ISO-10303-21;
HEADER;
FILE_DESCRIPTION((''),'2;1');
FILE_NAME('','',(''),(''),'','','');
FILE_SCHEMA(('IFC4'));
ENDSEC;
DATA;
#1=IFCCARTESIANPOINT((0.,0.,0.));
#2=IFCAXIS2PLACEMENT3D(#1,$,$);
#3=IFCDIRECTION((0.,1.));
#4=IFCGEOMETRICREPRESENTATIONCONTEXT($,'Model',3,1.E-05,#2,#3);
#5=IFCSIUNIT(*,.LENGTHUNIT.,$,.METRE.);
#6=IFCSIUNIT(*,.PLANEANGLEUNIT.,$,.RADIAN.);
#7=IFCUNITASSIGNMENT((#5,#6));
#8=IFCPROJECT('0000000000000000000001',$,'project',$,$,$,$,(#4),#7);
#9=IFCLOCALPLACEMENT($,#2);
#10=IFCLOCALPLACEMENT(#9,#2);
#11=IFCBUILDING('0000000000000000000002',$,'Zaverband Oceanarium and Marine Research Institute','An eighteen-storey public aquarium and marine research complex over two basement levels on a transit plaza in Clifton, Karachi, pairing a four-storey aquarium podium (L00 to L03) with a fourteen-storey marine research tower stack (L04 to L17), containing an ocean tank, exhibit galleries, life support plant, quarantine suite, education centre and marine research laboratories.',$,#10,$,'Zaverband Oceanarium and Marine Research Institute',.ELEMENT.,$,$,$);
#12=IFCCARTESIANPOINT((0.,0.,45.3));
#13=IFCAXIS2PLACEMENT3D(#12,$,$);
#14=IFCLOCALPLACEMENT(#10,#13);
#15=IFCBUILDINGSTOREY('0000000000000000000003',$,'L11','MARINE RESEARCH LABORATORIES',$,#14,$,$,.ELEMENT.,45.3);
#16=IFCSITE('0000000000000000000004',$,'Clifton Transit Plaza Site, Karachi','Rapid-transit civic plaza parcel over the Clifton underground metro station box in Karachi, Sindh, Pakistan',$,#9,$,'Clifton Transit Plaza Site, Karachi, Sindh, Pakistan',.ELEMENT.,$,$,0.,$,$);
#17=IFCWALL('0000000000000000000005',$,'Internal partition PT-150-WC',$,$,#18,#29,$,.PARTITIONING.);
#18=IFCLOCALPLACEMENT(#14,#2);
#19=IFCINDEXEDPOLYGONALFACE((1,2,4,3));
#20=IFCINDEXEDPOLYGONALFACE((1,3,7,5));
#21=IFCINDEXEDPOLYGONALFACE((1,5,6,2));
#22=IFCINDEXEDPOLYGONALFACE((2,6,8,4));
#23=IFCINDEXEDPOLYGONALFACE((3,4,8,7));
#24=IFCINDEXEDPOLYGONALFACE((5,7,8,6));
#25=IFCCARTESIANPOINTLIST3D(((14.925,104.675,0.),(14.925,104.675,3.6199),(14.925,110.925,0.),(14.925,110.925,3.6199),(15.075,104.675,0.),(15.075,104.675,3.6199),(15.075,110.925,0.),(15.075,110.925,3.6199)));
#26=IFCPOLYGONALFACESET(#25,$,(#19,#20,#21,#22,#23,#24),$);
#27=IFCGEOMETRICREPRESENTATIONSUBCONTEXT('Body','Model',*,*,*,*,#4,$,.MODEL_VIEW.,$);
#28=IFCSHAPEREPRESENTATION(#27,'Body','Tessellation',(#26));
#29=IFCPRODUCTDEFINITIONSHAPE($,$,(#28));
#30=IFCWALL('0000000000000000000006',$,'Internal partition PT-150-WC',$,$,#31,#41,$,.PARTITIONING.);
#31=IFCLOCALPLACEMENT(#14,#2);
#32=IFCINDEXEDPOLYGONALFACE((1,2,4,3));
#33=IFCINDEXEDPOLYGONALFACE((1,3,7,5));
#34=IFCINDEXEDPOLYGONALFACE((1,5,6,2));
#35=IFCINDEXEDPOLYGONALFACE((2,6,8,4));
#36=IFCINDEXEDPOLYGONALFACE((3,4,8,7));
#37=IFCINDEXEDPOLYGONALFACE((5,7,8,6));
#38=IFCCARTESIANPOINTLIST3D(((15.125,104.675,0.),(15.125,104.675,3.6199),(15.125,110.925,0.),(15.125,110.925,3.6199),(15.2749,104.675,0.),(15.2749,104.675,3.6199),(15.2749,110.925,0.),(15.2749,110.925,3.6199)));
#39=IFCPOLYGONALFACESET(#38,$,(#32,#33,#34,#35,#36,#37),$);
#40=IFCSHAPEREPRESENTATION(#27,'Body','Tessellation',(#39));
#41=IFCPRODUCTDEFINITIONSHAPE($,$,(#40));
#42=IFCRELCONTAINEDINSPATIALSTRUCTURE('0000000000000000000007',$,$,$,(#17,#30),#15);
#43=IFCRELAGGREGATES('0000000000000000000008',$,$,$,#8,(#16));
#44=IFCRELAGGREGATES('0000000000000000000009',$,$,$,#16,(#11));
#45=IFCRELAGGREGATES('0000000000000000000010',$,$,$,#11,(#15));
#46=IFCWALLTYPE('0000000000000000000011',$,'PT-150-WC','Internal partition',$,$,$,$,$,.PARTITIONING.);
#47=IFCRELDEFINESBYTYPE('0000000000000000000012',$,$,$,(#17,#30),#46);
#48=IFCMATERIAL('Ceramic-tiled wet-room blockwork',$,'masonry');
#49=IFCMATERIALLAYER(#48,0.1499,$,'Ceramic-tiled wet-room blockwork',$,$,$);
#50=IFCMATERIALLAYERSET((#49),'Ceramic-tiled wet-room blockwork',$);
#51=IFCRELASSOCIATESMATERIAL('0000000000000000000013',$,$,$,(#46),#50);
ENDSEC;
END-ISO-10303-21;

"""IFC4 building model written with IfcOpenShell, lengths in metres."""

from ifc_helpers import new_model, si_unit, direction, frame, frame_2d, origin, place, context, subcontext, project, spatial, rectangle, extrude, material, layer, layer_set, type_object, element, save


model = new_model("IFC4")

# Units and contexts
model_context = context("Model", 3, precision=1e-05, world=origin(), true_north=direction((0.0, 1.0)))
body_context = subcontext(model_context, "Body", "Model", "MODEL_VIEW")
ifc_project = project(units=[si_unit("LENGTHUNIT", "METRE"), si_unit("PLANEANGLEUNIT", "RADIAN")], contexts=[model_context])

# Site, building, storey
site_placement = place(None, origin())
site = spatial("IfcSite", under=ifc_project, at=site_placement, Name="Clifton Transit Plaza Site, Karachi", Description="Rapid-transit civic plaza parcel over the Clifton underground metro station box in Karachi, Sindh, Pakistan", LongName="Clifton Transit Plaza Site, Karachi, Sindh, Pakistan", CompositionType="ELEMENT", RefElevation=0.0)
building_placement = place(site_placement, origin())
building = spatial("IfcBuilding", under=site, at=building_placement, Name="Zaverband Oceanarium and Marine Research Institute", Description="An eighteen-storey public aquarium and marine research complex over two basement levels on a transit plaza in Clifton, Karachi, pairing a four-storey aquarium podium (L00 to L03) with a fourteen-storey marine research tower stack (L04 to L17), containing an ocean tank, exhibit galleries, life support plant, quarantine suite, education centre and marine research laboratories.", LongName="Zaverband Oceanarium and Marine Research Institute", CompositionType="ELEMENT")
storey_placement = place(building_placement, frame((0.0, 0.0, 45.3)))
storey = spatial("IfcBuildingStorey", under=building, at=storey_placement, Name="L11", Description="MARINE RESEARCH LABORATORIES", CompositionType="ELEMENT", Elevation=45.3)

# Shared definitions
ifc_material_1 = material(Name="Ceramic-tiled wet-room blockwork", Category="masonry")
ifc_layer_1 = layer(ifc_material_1, 0.1499, Name="Ceramic-tiled wet-room blockwork")
ifc_layer_set_1 = layer_set([ifc_layer_1], Name="Ceramic-tiled wet-room blockwork")
wall_type_1 = type_object("IfcWallType", Name="PT-150-WC", Description="Internal partition", PredefinedType="PARTITIONING", material=ifc_layer_set_1)

# Walls
for number, where, z_axis, x_axis, name in (
    (1, (15.0, 104.675, 0.0), (0.0, 0.0, 1.0), (0.0, 1.0, 0.0), "Internal partition PT-150-WC"),
    (2, (15.2, 104.675, 0.0), (0.0, 0.0, 1.0), (0.0, 1.0, 0.0), "Internal partition PT-150-WC"),
):
    element("IfcWall", number, at=place(storey_placement, frame(where, z_axis=z_axis, x_axis=x_axis)), inside=storey, type_object=wall_type_1, Name=name, PredefinedType="PARTITIONING", context=body_context, shape_type="SweptSolid", body=[
        extrude(rectangle(XDim=6.25, YDim=0.1499, at=frame_2d((3.125, 0.0))), origin(), (0.0, 0.0, 1.0), 3.6199),
    ])

save(model, "model.ifc")
